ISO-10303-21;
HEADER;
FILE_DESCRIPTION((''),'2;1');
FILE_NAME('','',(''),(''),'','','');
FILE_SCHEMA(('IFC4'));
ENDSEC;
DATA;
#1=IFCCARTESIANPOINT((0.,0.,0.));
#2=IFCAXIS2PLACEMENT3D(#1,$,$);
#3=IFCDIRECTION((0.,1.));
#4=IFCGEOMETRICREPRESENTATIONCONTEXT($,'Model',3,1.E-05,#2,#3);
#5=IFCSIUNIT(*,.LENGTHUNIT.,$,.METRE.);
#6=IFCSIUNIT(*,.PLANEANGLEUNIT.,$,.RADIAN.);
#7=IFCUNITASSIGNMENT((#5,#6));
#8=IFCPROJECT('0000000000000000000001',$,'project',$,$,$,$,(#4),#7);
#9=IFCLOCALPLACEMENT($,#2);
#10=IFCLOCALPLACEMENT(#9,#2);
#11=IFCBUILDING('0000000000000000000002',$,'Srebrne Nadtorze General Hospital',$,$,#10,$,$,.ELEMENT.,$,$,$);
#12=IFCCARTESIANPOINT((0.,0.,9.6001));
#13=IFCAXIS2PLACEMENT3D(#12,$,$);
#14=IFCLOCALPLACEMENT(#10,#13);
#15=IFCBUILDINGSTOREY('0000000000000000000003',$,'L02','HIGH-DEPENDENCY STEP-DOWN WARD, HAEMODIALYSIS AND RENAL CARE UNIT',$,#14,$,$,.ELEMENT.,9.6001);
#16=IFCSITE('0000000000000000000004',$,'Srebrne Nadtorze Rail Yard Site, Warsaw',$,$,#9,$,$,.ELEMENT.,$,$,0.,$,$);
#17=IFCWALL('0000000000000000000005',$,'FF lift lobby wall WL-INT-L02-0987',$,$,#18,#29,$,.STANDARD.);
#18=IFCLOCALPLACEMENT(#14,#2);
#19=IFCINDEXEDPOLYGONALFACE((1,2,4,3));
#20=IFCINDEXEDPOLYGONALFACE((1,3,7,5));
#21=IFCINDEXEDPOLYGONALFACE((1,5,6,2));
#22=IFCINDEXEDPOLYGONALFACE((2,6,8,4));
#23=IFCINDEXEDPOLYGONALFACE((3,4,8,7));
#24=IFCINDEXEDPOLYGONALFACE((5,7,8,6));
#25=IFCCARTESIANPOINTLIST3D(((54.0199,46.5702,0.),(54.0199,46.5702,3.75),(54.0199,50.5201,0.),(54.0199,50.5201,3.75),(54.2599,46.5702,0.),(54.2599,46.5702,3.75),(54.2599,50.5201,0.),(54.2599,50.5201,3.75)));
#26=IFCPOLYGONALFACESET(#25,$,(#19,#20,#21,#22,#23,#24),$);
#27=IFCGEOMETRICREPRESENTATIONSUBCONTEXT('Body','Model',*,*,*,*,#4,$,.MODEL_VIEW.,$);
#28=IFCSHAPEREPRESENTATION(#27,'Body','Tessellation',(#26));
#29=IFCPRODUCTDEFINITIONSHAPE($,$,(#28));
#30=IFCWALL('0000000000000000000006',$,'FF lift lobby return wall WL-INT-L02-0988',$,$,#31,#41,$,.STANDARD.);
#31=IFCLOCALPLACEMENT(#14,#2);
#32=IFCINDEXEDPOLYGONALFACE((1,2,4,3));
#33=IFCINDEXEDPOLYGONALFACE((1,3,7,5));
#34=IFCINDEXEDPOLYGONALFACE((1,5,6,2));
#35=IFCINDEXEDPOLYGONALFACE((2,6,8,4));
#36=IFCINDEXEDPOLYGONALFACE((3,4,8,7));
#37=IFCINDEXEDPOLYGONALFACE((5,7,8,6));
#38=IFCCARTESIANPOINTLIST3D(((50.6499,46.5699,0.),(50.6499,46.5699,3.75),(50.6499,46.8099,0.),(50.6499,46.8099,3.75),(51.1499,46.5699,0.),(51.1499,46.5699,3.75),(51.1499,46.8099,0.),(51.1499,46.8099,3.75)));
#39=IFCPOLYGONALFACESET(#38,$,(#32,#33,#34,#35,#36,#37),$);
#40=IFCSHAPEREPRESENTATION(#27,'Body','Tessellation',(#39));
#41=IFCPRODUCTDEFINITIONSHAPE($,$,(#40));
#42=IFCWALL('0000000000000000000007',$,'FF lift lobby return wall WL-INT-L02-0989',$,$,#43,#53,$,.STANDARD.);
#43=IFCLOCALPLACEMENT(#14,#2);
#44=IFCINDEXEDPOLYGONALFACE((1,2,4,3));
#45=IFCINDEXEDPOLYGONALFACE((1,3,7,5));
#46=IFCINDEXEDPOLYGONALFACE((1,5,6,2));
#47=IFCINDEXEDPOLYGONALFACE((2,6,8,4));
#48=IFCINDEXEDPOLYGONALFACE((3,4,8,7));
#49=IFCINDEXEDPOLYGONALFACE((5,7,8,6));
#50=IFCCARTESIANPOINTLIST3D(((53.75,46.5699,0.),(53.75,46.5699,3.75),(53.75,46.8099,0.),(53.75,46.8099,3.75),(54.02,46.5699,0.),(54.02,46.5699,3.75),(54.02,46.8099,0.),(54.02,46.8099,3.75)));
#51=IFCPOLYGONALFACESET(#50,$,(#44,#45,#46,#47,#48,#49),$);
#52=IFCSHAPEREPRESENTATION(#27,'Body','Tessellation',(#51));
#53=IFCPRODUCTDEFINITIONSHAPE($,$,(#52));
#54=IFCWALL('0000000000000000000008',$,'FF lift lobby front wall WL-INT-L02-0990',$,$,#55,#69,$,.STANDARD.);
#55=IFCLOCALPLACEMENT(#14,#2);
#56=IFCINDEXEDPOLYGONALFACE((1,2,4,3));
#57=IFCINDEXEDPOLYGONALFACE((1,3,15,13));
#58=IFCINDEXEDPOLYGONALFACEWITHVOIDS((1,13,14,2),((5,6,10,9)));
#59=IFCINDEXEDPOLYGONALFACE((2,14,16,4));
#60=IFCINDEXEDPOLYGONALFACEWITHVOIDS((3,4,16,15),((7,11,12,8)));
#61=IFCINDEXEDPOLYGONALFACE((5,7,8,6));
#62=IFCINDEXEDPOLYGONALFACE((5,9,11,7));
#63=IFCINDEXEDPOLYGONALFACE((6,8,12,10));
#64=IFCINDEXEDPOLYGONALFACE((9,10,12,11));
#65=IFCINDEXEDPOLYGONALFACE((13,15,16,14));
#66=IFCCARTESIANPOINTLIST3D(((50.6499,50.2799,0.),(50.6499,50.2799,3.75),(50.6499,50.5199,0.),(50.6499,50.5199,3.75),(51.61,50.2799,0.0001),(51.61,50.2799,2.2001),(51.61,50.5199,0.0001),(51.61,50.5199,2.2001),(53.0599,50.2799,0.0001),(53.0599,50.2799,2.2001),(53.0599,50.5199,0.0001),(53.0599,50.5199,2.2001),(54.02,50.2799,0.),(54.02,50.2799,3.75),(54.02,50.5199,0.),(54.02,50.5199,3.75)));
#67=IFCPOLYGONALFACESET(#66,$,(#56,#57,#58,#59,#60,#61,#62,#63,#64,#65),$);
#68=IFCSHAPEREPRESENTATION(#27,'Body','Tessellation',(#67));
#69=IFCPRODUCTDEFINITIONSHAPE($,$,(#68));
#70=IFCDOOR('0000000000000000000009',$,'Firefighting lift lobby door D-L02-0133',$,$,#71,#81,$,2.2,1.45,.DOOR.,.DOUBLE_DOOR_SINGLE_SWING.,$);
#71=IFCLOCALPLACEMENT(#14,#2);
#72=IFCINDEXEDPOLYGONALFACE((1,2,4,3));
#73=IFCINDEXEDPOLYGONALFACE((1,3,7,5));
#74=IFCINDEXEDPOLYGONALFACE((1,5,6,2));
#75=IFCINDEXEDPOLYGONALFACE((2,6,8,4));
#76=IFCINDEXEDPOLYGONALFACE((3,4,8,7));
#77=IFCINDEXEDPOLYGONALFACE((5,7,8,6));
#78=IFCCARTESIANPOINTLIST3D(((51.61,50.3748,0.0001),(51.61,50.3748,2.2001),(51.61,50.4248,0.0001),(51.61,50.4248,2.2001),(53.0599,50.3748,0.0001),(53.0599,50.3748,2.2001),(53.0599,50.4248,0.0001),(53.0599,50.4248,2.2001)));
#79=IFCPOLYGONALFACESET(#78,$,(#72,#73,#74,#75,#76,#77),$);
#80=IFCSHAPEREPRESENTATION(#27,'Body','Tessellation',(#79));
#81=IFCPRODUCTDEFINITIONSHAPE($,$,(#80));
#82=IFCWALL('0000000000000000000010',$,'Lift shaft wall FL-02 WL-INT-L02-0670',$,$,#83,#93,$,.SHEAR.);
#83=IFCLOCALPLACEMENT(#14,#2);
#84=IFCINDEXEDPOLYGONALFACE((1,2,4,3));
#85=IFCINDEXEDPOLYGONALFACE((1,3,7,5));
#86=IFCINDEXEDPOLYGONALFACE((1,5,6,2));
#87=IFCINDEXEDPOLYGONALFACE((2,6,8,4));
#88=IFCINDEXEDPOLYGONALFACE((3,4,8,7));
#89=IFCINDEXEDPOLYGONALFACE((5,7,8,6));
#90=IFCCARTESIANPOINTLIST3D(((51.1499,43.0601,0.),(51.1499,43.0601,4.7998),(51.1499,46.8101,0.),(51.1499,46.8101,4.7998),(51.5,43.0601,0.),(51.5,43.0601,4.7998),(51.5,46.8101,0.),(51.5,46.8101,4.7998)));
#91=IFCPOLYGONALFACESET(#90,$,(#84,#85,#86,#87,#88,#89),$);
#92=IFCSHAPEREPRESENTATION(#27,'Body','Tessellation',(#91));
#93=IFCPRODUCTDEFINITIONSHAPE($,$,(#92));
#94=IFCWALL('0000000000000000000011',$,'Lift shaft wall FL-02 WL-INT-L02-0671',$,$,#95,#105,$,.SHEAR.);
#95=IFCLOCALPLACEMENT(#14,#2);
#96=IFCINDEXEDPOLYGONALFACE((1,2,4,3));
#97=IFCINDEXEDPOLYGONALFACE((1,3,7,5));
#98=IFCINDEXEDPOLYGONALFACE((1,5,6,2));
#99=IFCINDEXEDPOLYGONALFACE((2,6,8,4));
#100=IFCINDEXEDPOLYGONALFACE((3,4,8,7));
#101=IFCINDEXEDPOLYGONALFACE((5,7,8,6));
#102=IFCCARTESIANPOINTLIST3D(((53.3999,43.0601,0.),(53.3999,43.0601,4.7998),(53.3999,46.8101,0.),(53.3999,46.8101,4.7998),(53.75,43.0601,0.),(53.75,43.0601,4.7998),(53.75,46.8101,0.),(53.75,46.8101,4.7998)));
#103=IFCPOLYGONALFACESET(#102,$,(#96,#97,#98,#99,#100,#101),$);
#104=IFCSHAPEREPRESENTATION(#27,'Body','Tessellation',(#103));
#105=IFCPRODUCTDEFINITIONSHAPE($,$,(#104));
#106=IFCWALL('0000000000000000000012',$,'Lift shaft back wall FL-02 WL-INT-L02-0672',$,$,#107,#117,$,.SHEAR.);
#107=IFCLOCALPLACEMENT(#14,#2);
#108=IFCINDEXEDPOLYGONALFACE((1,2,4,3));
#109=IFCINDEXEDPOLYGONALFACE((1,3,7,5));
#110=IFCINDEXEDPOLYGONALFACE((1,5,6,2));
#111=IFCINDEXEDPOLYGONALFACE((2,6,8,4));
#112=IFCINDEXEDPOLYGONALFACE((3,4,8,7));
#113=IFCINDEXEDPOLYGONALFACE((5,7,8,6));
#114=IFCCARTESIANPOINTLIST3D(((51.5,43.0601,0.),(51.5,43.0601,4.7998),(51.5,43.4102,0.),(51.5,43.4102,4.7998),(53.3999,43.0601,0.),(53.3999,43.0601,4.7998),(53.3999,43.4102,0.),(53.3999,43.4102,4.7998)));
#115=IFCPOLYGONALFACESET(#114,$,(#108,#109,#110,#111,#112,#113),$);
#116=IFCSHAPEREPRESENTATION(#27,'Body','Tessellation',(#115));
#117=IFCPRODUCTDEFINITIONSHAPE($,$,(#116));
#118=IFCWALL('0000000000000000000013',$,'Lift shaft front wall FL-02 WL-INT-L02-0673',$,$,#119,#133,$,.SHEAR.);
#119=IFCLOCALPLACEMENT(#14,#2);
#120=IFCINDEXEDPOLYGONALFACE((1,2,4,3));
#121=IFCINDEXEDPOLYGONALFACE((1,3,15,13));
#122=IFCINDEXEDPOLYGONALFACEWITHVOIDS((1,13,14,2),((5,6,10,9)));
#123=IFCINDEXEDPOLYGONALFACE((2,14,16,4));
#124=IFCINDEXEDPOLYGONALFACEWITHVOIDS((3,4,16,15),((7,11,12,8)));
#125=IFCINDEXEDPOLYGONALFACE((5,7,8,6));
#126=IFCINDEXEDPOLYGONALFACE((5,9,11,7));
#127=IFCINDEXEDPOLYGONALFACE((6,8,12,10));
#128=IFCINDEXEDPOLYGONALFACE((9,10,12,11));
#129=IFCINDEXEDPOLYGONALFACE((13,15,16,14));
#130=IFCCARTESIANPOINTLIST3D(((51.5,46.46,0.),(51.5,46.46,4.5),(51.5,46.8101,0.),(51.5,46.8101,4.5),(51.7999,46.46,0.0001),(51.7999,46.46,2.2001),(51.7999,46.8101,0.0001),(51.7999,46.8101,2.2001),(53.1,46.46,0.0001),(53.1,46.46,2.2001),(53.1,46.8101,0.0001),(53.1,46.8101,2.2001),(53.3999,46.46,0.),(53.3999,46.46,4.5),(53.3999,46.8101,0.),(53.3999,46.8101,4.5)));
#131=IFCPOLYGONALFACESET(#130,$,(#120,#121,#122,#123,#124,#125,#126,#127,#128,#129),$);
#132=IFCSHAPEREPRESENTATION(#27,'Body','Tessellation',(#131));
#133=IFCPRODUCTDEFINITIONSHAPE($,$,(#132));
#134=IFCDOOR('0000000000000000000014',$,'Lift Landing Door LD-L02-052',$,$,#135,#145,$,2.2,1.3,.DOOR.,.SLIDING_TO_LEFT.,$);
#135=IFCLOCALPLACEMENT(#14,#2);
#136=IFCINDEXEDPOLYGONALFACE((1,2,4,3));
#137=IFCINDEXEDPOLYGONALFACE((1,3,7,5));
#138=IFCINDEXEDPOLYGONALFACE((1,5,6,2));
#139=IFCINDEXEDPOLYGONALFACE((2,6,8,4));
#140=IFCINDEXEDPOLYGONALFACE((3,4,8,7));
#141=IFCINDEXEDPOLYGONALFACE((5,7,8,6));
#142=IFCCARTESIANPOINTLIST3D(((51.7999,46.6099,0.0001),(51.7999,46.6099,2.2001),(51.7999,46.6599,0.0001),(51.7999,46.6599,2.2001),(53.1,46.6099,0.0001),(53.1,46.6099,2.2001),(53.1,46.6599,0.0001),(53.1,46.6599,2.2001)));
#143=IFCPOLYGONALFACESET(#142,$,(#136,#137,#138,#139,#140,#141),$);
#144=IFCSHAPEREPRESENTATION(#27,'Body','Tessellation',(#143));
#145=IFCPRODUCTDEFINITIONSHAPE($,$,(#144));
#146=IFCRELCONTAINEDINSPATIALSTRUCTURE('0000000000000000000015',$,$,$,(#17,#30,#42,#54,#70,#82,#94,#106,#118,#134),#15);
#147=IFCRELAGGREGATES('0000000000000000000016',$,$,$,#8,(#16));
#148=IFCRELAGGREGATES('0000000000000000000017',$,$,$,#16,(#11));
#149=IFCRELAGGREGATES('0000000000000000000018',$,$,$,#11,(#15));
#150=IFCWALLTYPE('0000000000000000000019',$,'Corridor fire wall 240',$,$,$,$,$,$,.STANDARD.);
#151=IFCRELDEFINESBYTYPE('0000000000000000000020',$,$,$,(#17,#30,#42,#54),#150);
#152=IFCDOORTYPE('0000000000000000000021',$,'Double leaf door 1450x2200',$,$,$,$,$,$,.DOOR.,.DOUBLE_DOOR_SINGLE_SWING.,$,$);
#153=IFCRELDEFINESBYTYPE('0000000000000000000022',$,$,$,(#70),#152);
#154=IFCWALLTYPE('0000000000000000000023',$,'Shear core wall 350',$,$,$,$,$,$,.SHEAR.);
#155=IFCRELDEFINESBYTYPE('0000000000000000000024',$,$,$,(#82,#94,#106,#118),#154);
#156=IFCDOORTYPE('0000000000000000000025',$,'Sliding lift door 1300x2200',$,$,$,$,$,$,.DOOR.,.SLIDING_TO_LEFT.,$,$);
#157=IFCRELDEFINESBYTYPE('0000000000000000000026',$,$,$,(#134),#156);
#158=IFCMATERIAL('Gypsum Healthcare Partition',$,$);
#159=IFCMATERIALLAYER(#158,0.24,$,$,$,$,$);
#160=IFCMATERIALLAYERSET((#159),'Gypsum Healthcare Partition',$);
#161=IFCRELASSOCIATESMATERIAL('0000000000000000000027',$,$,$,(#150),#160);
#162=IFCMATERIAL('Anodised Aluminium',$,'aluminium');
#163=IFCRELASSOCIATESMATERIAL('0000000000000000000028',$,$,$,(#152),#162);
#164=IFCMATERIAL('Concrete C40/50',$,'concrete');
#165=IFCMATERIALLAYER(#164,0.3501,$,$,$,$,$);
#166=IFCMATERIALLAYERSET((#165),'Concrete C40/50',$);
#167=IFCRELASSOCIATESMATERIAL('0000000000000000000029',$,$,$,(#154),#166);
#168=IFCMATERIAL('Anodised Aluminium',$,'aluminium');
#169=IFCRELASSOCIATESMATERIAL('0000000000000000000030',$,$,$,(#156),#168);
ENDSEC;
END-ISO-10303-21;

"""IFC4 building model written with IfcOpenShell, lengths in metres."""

from ifc_helpers import new_model, si_unit, direction, frame, frame_2d, origin, place, context, subcontext, project, spatial, rectangle, extrude, material, layer, layer_set, type_object, element, fill, save


model = new_model("IFC4")

# Units and contexts
model_context = context("Model", 3, precision=1e-05, world=origin(), true_north=direction((0.0, 1.0)))
body_context = subcontext(model_context, "Body", "Model", "MODEL_VIEW")
ifc_project = project(units=[si_unit("LENGTHUNIT", "METRE"), si_unit("PLANEANGLEUNIT", "RADIAN")], contexts=[model_context])

# Site, building, storey
site_placement = place(None, origin())
site = spatial("IfcSite", under=ifc_project, at=site_placement, Name="Srebrne Nadtorze Rail Yard Site, Warsaw", CompositionType="ELEMENT", RefElevation=0.0)
building_placement = place(site_placement, origin())
building = spatial("IfcBuilding", under=site, at=building_placement, Name="Srebrne Nadtorze General Hospital", CompositionType="ELEMENT")
storey_placement = place(building_placement, frame((0.0, 0.0, 9.6001)))
storey = spatial("IfcBuildingStorey", under=building, at=storey_placement, Name="L02", Description="HIGH-DEPENDENCY STEP-DOWN WARD, HAEMODIALYSIS AND RENAL CARE UNIT", CompositionType="ELEMENT", Elevation=9.6001)

# Walls
ifc_material_1 = material(Name="Gypsum Healthcare Partition")
ifc_layer_1 = layer(ifc_material_1, 0.24)
ifc_layer_set_1 = layer_set([ifc_layer_1], Name="Gypsum Healthcare Partition")
wall_type_1 = type_object("IfcWallType", Name="Corridor fire wall 240", PredefinedType="STANDARD", material=ifc_layer_set_1)
wall_1_placement = place(storey_placement, frame((54.1399, 46.5701, 0.0), z_axis=(0.0, 0.0, 1.0), x_axis=(0.0, 1.0, 0.0)))
element("IfcWall", 1, at=wall_1_placement, inside=storey, type_object=wall_type_1, Name="FF lift lobby wall WL-INT-L02-0987", PredefinedType="STANDARD", context=body_context, shape_type="SweptSolid", body=[
    extrude(rectangle(XDim=3.95, YDim=0.24, at=frame_2d((1.9751, 0.0))), origin(), (0.0, 0.0, 1.0), 3.75),
])
wall_2_placement = place(storey_placement, frame((50.6499, 46.6899, 0.0), z_axis=(0.0, 0.0, 1.0), x_axis=(1.0, 0.0, 0.0)))
element("IfcWall", 2, at=wall_2_placement, inside=storey, type_object=wall_type_1, Name="FF lift lobby return wall WL-INT-L02-0988", PredefinedType="STANDARD", context=body_context, shape_type="SweptSolid", body=[
    extrude(rectangle(XDim=0.5, YDim=0.24, at=frame_2d((0.25, 0.0))), origin(), (0.0, 0.0, 1.0), 3.75),
])
wall_3_placement = place(storey_placement, frame((53.75, 46.6899, 0.0), z_axis=(0.0, 0.0, 1.0), x_axis=(1.0, 0.0, 0.0)))
element("IfcWall", 3, at=wall_3_placement, inside=storey, type_object=wall_type_1, Name="FF lift lobby return wall WL-INT-L02-0989", PredefinedType="STANDARD", context=body_context, shape_type="SweptSolid", body=[
    extrude(rectangle(XDim=0.27, YDim=0.24, at=frame_2d((0.135, 0.0))), origin(), (0.0, 0.0, 1.0), 3.75),
])

# Wall, opening, door
wall_4_placement = place(storey_placement, frame((50.6499, 50.3999, 0.0), z_axis=(0.0, 0.0, 1.0), x_axis=(1.0, 0.0, 0.0)))
wall_4 = element("IfcWall", 4, at=wall_4_placement, inside=storey, type_object=wall_type_1, Name="FF lift lobby front wall WL-INT-L02-0990", PredefinedType="STANDARD", context=body_context, shape_type="SweptSolid", body=[
    extrude(rectangle(XDim=3.3701, YDim=0.24, at=frame_2d((1.6851, 0.0))), origin(), (0.0, 0.0, 1.0), 3.75),
])
opening_1_placement = place(wall_4_placement, frame((0.96, 0.0, 0.0)))
opening_1 = element("IfcOpeningElement", 5, at=opening_1_placement, cuts=wall_4, PredefinedType="OPENING", context=body_context, shape_type="SweptSolid", body=[
    extrude(rectangle(XDim=1.45, YDim=2.2, at=frame_2d((0.7251, 1.1001))), frame((0.0, 0.1318, 0.0), z_axis=(0.0, -1.0, 0.0), x_axis=(1.0, 0.0, 0.0)), (0.0, 0.0, 1.0), 0.2639),
])
ifc_material_2 = material(Name="Anodised Aluminium", Category="aluminium")
door_type_1 = type_object("IfcDoorType", Name="Double leaf door 1450x2200", OperationType="DOUBLE_DOOR_SINGLE_SWING", PredefinedType="DOOR", material=ifc_material_2)
door_1_placement = place(opening_1_placement, origin())
door_1 = element("IfcDoor", 6, at=door_1_placement, inside=storey, type_object=door_type_1, Name="Firefighting lift lobby door D-L02-0133", OperationType="DOUBLE_DOOR_SINGLE_SWING", OverallHeight=2.2, OverallWidth=1.45, PredefinedType="DOOR", context=body_context, shape_type="SweptSolid", body=[
    extrude(rectangle(XDim=1.45, YDim=2.2, at=frame_2d((0.7251, 1.1001))), frame((0.0, 0.0249, 0.0), z_axis=(0.0, -1.0, 0.0), x_axis=(1.0, 0.0, 0.0)), (0.0, 0.0, 1.0), 0.05),
])
fill(opening_1, door_1)

# Walls
ifc_material_3 = material(Name="Concrete C40/50", Category="concrete")
ifc_layer_2 = layer(ifc_material_3, 0.3501)
ifc_layer_set_2 = layer_set([ifc_layer_2], Name="Concrete C40/50")
wall_type_2 = type_object("IfcWallType", Name="Shear core wall 350", PredefinedType="SHEAR", material=ifc_layer_set_2)
for number, where, z_axis, x_axis, name in (
    (7, (51.325, 43.0601, 0.0), (0.0, 0.0, 1.0), (0.0, 1.0, 0.0), "Lift shaft wall FL-02 WL-INT-L02-0670"),
    (8, (53.575, 43.0601, 0.0), (0.0, 0.0, 1.0), (0.0, 1.0, 0.0), "Lift shaft wall FL-02 WL-INT-L02-0671"),
):
    element("IfcWall", number, at=place(storey_placement, frame(where, z_axis=z_axis, x_axis=x_axis)), inside=storey, type_object=wall_type_2, Name=name, PredefinedType="SHEAR", context=body_context, shape_type="SweptSolid", body=[
        extrude(rectangle(XDim=3.75, YDim=0.3501, at=frame_2d((1.875, 0.0))), origin(), (0.0, 0.0, 1.0), 4.7998),
    ])
wall_5_placement = place(storey_placement, frame((51.5, 43.2351, 0.0), z_axis=(0.0, 0.0, 1.0), x_axis=(1.0, 0.0, 0.0)))
element("IfcWall", 9, at=wall_5_placement, inside=storey, type_object=wall_type_2, Name="Lift shaft back wall FL-02 WL-INT-L02-0672", PredefinedType="SHEAR", context=body_context, shape_type="SweptSolid", body=[
    extrude(rectangle(XDim=1.8999, YDim=0.3501, at=frame_2d((0.95, 0.0))), origin(), (0.0, 0.0, 1.0), 4.7998),
])

# Wall, opening, door
wall_6_placement = place(storey_placement, frame((51.5, 46.635, 0.0), z_axis=(0.0, 0.0, 1.0), x_axis=(1.0, 0.0, 0.0)))
wall_6 = element("IfcWall", 10, at=wall_6_placement, inside=storey, type_object=wall_type_2, Name="Lift shaft front wall FL-02 WL-INT-L02-0673", PredefinedType="SHEAR", context=body_context, shape_type="SweptSolid", body=[
    extrude(rectangle(XDim=1.8999, YDim=0.3501, at=frame_2d((0.95, 0.0))), origin(), (0.0, 0.0, 1.0), 4.5),
])
opening_2_placement = place(wall_6_placement, frame((0.3, 0.0, 0.0)))
opening_2 = element("IfcOpeningElement", 11, at=opening_2_placement, cuts=wall_6, PredefinedType="OPENING", context=body_context, shape_type="SweptSolid", body=[
    extrude(rectangle(XDim=1.3, YDim=2.2, at=frame_2d((0.6499, 1.1001))), frame((0.0, 0.187, 0.0), z_axis=(0.0, -1.0, 0.0), x_axis=(1.0, 0.0, 0.0)), (0.0, 0.0, 1.0), 0.374),
])
ifc_material_4 = material(Name="Anodised Aluminium", Category="aluminium")
door_type_2 = type_object("IfcDoorType", Name="Sliding lift door 1300x2200", OperationType="SLIDING_TO_LEFT", PredefinedType="DOOR", material=ifc_material_4)
door_2_placement = place(opening_2_placement, origin())
door_2 = element("IfcDoor", 12, at=door_2_placement, inside=storey, type_object=door_type_2, Name="Lift Landing Door LD-L02-052", OperationType="SLIDING_TO_LEFT", OverallHeight=2.2, OverallWidth=1.3, PredefinedType="DOOR", context=body_context, shape_type="SweptSolid", body=[
    extrude(rectangle(XDim=1.3, YDim=2.2, at=frame_2d((0.6499, 1.1001))), frame((0.0, 0.0249, 0.0), z_axis=(0.0, -1.0, 0.0), x_axis=(1.0, 0.0, 0.0)), (0.0, 0.0, 1.0), 0.05),
])
fill(opening_2, door_2)

save(model, "model.ifc")
